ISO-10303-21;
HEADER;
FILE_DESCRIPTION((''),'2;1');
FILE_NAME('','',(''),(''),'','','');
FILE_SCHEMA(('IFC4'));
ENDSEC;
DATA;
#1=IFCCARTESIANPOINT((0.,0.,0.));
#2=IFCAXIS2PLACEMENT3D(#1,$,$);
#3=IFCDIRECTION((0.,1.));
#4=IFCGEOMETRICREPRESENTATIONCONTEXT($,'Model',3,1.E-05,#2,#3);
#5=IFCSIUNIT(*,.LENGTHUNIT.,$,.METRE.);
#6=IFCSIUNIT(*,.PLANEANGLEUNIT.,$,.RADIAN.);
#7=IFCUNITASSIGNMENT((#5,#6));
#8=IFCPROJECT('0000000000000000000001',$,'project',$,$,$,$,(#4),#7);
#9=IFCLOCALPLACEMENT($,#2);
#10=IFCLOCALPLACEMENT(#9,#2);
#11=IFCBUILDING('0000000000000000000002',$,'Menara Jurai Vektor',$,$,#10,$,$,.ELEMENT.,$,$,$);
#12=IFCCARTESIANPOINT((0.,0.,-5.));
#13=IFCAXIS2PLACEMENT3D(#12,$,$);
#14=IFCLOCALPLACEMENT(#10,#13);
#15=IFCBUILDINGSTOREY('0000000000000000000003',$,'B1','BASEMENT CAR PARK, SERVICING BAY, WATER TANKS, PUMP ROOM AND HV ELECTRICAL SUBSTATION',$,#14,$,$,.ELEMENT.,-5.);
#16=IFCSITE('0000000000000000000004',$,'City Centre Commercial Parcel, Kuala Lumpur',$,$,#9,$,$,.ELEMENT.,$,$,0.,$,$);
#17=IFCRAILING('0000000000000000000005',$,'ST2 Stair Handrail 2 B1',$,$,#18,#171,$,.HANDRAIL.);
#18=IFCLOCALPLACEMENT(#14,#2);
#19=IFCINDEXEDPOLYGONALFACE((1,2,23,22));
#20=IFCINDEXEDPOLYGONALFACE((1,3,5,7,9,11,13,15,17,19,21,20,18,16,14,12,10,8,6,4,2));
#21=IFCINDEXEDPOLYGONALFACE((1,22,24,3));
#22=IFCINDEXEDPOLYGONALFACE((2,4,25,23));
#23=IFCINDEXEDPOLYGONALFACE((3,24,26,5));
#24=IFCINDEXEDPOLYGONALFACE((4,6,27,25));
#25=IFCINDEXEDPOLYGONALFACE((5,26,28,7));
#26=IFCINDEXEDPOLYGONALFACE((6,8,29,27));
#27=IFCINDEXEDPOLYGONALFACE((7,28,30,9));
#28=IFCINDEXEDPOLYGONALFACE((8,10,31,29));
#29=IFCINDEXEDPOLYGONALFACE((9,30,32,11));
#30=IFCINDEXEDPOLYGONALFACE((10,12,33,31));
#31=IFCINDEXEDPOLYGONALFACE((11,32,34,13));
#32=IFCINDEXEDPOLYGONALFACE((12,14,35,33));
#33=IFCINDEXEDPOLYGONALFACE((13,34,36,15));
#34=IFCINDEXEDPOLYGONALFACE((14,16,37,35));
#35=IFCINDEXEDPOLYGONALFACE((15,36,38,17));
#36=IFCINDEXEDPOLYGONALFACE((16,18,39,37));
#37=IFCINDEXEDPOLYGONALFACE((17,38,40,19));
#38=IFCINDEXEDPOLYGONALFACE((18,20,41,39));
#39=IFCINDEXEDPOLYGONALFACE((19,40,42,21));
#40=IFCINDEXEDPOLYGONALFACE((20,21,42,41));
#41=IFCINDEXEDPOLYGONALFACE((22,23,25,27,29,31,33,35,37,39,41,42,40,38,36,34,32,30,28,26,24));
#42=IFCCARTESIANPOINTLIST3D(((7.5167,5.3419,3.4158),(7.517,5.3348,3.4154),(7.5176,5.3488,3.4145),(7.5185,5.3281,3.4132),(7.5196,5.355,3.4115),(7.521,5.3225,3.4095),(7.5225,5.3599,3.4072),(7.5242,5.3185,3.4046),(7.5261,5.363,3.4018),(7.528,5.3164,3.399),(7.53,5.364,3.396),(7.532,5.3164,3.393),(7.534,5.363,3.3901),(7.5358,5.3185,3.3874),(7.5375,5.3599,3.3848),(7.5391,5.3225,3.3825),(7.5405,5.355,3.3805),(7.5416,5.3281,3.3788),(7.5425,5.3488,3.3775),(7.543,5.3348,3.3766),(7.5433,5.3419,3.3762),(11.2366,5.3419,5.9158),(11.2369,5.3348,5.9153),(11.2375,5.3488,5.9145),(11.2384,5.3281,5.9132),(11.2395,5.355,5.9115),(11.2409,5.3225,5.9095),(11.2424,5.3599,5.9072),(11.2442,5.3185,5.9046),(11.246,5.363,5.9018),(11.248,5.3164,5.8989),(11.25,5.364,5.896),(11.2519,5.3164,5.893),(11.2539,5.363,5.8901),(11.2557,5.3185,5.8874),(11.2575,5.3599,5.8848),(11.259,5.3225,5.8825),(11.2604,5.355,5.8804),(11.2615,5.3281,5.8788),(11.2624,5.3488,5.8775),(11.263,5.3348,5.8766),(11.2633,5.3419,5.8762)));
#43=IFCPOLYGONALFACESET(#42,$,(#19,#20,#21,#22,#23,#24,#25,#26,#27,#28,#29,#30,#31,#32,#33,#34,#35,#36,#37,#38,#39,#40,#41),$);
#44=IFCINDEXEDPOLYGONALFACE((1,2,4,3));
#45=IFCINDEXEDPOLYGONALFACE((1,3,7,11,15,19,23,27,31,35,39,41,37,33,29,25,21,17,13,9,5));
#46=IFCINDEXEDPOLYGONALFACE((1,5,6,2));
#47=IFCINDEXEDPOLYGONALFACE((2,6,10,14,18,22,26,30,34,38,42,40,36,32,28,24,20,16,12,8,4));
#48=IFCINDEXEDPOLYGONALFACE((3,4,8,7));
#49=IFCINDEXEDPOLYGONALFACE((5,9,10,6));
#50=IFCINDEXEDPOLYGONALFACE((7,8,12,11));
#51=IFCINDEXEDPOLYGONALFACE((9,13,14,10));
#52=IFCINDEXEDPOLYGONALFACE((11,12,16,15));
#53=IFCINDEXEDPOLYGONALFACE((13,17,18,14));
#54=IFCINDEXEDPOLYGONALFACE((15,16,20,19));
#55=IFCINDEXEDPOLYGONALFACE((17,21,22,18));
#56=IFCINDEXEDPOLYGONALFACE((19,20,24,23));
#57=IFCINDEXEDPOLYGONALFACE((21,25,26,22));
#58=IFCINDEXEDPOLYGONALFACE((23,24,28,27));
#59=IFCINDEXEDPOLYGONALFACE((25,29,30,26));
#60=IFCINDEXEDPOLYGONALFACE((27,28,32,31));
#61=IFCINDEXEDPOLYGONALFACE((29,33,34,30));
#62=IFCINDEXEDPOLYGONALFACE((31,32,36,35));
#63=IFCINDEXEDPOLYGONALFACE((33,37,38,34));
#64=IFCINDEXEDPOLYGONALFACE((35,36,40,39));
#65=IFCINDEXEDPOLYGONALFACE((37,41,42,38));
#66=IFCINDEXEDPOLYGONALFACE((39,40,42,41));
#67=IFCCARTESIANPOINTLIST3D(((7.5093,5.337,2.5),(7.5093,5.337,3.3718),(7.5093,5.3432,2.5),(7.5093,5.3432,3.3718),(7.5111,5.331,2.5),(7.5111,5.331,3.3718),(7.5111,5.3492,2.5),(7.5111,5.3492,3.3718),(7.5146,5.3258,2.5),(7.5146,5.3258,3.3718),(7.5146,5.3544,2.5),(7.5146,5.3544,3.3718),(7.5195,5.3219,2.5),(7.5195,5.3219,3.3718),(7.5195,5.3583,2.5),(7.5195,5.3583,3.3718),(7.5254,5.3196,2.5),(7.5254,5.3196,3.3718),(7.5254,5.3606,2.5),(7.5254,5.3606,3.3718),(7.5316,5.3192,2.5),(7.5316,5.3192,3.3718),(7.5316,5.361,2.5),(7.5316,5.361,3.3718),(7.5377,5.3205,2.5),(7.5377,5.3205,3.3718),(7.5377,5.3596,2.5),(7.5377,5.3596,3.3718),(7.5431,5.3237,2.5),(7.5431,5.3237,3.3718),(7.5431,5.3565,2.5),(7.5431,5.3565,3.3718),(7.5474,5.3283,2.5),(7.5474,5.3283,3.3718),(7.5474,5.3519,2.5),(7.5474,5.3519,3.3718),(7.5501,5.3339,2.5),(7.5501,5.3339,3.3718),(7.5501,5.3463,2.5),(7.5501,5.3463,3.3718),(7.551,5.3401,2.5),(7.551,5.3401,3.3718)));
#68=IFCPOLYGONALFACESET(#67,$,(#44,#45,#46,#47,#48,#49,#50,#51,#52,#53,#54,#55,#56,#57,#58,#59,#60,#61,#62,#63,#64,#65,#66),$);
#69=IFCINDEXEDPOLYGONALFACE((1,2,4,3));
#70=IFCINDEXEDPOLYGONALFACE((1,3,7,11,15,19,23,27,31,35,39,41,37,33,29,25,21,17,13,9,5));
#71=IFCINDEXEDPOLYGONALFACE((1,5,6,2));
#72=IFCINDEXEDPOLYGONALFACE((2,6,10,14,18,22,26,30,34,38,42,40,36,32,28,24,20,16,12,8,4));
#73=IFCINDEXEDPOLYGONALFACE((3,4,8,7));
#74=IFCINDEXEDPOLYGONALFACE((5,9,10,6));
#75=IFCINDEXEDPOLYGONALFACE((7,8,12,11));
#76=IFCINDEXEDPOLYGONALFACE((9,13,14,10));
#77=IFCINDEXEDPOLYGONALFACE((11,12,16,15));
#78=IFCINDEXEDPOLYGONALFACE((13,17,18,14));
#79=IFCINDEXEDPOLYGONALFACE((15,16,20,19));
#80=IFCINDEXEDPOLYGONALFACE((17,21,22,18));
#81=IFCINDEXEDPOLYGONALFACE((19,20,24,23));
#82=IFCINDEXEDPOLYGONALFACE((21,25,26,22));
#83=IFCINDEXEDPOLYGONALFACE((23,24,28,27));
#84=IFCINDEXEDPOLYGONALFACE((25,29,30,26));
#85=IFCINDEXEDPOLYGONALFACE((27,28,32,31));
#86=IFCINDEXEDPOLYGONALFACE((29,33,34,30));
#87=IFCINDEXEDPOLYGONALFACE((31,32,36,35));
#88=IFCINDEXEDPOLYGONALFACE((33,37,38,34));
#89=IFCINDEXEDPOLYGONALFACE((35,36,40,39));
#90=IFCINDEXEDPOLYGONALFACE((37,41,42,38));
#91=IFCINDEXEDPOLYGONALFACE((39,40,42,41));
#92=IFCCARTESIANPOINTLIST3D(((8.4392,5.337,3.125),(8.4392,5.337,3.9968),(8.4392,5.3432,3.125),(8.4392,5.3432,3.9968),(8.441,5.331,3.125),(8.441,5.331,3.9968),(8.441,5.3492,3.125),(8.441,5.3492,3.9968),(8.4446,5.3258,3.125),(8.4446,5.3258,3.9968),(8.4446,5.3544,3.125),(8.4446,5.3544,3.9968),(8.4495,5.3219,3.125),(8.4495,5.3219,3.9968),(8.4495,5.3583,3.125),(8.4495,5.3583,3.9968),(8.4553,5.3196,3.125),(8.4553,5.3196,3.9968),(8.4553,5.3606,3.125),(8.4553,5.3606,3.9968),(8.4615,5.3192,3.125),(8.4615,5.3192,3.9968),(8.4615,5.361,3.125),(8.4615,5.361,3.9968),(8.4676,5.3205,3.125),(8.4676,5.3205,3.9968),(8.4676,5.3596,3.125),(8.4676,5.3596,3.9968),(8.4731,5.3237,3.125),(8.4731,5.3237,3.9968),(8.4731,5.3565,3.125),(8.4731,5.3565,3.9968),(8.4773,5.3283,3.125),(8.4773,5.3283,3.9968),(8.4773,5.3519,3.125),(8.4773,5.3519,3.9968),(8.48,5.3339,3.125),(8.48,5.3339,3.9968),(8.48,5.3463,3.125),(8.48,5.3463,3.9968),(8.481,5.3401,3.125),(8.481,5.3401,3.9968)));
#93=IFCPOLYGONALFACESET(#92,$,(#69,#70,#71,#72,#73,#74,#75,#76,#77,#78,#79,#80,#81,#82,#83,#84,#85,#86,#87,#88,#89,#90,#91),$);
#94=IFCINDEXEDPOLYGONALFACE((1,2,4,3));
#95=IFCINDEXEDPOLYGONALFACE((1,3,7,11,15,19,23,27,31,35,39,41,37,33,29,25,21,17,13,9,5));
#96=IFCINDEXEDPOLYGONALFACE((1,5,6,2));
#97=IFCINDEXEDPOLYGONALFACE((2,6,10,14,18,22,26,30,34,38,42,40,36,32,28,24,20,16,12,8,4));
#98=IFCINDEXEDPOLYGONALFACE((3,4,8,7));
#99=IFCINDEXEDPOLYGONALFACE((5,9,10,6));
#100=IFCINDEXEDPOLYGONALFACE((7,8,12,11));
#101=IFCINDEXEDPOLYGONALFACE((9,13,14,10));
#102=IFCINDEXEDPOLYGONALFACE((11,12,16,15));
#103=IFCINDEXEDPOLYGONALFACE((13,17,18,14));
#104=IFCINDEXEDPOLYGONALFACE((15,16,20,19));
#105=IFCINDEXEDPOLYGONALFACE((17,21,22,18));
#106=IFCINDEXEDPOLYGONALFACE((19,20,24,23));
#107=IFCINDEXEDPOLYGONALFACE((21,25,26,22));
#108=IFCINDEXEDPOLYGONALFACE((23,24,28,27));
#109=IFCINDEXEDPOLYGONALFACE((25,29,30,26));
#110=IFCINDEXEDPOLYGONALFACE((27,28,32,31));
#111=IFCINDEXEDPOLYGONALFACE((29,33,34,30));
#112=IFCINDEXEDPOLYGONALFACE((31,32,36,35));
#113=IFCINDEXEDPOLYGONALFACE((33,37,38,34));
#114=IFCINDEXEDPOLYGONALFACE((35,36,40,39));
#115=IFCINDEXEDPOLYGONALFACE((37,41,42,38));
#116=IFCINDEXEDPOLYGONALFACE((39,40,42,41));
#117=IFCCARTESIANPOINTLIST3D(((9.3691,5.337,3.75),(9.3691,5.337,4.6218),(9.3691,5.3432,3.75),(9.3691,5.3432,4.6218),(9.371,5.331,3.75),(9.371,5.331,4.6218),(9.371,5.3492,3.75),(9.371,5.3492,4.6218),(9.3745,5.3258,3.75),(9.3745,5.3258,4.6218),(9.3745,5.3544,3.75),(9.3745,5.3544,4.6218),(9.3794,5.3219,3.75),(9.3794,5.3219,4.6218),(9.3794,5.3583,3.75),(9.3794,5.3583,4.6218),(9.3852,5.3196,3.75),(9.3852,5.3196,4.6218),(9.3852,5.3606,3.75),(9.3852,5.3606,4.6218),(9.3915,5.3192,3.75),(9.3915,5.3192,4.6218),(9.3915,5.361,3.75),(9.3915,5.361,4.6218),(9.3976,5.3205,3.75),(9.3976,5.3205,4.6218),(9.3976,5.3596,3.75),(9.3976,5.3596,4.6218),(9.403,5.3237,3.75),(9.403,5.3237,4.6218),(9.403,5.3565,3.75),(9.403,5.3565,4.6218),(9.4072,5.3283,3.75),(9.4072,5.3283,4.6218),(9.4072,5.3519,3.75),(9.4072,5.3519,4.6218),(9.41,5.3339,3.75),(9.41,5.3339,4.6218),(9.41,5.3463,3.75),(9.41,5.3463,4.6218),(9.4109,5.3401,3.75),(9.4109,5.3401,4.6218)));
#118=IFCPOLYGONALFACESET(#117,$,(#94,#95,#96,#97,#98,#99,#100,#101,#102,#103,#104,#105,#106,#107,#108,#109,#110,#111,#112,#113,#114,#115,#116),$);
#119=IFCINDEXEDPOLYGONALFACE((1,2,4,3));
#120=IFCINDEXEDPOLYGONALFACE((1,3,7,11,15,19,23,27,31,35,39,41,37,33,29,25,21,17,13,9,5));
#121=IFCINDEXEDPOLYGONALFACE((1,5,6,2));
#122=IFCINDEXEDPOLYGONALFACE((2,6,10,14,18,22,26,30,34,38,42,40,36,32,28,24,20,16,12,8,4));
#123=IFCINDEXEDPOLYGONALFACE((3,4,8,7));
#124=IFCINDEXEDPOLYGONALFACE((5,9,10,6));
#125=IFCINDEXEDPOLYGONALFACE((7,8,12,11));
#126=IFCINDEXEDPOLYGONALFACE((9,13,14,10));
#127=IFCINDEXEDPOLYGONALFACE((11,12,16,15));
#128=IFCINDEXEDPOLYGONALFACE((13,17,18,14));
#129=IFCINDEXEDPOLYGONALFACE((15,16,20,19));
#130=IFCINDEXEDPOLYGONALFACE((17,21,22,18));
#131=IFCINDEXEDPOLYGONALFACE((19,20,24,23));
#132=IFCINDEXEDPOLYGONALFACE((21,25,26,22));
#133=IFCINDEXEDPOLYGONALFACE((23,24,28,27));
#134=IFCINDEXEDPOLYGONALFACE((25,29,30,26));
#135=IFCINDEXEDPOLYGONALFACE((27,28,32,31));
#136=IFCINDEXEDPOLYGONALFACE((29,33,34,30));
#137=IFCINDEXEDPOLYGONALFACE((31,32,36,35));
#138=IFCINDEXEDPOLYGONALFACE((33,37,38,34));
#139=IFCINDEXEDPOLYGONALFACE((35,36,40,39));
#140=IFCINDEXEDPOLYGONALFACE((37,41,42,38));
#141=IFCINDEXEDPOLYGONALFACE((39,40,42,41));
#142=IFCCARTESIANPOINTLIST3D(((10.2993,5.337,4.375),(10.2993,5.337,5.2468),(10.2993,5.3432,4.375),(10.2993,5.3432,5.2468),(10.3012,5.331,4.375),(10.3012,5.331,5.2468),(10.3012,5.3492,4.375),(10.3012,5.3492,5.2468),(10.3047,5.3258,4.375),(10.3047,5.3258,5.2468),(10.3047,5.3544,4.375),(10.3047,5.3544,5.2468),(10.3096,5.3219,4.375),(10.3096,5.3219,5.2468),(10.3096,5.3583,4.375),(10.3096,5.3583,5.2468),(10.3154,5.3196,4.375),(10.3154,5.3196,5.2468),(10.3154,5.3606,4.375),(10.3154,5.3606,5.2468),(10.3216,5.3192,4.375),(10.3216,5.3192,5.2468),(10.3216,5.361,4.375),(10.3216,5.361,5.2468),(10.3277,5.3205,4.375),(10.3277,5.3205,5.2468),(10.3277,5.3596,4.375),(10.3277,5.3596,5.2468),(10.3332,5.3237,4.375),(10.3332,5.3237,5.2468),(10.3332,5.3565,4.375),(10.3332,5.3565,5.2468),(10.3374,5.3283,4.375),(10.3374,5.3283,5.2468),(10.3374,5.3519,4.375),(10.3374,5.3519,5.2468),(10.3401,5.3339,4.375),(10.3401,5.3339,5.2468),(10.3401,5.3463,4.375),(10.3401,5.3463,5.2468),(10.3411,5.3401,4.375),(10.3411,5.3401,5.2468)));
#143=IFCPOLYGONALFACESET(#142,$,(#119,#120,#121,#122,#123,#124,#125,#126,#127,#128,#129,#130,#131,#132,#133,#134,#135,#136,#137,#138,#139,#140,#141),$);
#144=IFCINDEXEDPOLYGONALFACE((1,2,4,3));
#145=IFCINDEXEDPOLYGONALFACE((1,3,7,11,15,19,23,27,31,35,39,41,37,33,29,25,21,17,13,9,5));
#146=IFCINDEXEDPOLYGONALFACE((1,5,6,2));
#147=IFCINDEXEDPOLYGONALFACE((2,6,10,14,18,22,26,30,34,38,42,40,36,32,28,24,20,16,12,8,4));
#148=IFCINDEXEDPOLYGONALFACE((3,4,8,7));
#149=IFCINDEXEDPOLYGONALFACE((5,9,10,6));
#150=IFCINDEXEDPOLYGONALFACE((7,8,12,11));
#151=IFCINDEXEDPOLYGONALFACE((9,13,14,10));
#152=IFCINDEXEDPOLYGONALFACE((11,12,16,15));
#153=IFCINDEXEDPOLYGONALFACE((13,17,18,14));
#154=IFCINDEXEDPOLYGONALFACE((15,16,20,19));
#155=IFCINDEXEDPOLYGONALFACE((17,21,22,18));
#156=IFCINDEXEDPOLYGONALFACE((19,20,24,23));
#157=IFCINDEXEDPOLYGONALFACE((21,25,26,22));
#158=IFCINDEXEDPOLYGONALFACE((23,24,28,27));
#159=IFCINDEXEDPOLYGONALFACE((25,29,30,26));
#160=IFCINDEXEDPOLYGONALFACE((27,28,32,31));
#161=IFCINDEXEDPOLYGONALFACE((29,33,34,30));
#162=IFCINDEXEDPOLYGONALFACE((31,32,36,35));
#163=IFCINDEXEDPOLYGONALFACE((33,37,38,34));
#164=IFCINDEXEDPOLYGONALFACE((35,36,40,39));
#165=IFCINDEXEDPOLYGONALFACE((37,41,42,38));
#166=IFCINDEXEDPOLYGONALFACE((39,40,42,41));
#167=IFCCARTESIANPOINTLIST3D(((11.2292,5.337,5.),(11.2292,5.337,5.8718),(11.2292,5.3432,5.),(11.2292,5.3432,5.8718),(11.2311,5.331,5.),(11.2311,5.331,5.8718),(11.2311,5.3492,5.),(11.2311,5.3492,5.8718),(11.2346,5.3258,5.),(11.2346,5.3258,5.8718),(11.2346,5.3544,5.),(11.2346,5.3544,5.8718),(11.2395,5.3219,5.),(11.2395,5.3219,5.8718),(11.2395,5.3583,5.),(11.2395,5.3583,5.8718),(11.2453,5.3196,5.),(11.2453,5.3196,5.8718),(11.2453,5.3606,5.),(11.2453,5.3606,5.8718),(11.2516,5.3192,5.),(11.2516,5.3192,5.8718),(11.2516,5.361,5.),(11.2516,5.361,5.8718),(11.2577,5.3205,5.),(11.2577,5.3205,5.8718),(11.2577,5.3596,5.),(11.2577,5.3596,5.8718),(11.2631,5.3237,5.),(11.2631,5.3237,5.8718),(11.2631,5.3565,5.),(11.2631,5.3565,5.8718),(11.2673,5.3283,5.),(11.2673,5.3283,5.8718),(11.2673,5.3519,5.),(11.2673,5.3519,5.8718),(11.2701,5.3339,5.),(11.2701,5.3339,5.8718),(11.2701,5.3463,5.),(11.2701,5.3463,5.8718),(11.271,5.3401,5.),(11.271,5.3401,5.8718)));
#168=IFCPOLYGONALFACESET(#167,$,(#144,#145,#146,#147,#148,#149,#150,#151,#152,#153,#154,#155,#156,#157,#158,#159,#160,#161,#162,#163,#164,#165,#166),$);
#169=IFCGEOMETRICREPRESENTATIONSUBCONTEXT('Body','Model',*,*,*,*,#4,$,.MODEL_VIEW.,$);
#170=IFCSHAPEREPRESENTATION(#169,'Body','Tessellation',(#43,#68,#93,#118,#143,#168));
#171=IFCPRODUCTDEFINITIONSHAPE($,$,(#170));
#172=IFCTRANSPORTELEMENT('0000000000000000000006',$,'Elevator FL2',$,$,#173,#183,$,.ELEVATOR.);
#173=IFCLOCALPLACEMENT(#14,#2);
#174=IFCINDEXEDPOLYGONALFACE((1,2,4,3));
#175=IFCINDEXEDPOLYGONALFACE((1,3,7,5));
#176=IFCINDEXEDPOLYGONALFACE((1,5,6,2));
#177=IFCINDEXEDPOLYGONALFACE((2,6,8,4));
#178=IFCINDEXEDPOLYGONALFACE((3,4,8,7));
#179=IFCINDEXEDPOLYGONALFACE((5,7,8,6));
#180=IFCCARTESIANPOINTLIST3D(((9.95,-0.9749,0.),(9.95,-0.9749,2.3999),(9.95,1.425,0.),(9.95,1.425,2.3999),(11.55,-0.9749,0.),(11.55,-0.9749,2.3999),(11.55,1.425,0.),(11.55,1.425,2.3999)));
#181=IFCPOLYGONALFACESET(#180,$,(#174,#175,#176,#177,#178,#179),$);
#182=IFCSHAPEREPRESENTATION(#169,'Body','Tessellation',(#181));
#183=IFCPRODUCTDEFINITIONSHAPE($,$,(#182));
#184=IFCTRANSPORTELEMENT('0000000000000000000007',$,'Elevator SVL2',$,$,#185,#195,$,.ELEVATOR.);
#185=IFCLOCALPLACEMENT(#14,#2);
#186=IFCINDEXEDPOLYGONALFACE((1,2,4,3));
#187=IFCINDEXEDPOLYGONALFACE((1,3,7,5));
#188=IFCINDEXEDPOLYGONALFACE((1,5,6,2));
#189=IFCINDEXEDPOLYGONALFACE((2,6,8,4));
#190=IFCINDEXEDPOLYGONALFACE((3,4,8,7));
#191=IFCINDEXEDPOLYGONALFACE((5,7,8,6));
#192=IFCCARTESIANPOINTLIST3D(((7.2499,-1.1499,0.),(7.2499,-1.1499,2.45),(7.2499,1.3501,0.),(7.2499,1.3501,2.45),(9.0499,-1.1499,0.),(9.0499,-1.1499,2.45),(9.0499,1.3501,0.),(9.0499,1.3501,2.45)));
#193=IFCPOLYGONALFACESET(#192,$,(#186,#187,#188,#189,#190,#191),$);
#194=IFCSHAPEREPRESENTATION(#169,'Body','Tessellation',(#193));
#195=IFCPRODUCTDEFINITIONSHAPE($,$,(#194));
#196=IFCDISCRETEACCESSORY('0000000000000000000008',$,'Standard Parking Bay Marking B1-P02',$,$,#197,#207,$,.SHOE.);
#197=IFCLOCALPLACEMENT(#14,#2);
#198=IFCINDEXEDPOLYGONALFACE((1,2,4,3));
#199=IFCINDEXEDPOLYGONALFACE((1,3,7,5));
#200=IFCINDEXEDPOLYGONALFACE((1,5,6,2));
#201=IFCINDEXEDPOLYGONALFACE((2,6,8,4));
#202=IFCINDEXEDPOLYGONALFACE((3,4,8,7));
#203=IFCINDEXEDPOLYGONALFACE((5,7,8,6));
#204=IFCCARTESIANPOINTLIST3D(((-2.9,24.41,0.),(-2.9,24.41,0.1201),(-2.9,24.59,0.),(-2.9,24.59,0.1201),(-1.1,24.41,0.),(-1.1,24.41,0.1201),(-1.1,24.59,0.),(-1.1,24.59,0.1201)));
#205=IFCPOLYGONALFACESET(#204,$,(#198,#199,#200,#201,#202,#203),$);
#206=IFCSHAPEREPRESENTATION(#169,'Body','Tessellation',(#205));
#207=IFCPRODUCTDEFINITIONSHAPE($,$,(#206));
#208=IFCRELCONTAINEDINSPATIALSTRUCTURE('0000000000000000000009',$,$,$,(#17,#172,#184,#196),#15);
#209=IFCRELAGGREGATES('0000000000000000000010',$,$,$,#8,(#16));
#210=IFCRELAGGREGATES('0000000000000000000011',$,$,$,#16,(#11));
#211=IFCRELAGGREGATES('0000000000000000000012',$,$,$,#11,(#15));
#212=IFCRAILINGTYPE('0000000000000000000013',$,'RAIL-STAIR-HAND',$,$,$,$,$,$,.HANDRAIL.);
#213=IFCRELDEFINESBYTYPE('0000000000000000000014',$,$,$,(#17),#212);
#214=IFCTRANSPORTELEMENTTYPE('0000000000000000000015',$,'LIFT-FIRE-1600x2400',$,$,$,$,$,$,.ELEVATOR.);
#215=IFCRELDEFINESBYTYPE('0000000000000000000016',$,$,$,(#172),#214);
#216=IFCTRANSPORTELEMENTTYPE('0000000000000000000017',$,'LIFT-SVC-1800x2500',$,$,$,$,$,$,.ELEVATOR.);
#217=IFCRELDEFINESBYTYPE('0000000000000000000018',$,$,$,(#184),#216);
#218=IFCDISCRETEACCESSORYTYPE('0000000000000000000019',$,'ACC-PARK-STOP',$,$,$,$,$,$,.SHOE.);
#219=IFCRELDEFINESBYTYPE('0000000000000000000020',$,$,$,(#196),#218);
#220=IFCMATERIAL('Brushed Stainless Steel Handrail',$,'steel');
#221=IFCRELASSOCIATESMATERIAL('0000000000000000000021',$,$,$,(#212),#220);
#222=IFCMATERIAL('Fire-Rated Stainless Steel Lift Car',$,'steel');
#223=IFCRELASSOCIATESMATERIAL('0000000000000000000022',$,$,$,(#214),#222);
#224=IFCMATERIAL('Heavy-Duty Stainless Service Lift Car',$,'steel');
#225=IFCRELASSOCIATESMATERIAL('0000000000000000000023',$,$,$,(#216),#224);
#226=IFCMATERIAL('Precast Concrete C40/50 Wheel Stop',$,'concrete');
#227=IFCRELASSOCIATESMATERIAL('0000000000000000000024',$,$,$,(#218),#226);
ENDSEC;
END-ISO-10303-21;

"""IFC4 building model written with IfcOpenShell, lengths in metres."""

from ifc_helpers import new_model, si_unit, direction, frame, origin, origin_2d, place, context, subcontext, project, spatial, rectangle, circle, extrude, material, type_object, element, save


model = new_model("IFC4")

# Units and contexts
model_context = context("Model", 3, precision=1e-05, world=origin(), true_north=direction((0.0, 1.0)))
body_context = subcontext(model_context, "Body", "Model", "MODEL_VIEW")
ifc_project = project(units=[si_unit("LENGTHUNIT", "METRE"), si_unit("PLANEANGLEUNIT", "RADIAN")], contexts=[model_context])

# Site, building, storey
site_placement = place(None, origin())
site = spatial("IfcSite", under=ifc_project, at=site_placement, Name="City Centre Commercial Parcel, Kuala Lumpur", CompositionType="ELEMENT", RefElevation=0.0)
building_placement = place(site_placement, origin())
building = spatial("IfcBuilding", under=site, at=building_placement, Name="Menara Jurai Vektor", CompositionType="ELEMENT")
storey_placement = place(building_placement, frame((0.0, 0.0, -5.0)))
storey = spatial("IfcBuildingStorey", under=building, at=storey_placement, Name="B1", Description="BASEMENT CAR PARK, SERVICING BAY, WATER TANKS, PUMP ROOM AND HV ELECTRICAL SUBSTATION", CompositionType="ELEMENT", Elevation=-5.0)

# Railing
ifc_material_1 = material(Name="Brushed Stainless Steel Handrail", Category="steel")
railing_type = type_object("IfcRailingType", Name="RAIL-STAIR-HAND", PredefinedType="HANDRAIL", material=ifc_material_1)
railing_1_placement = place(storey_placement, frame((7.53, 5.3401, 2.5)))
element("IfcRailing", 1, at=railing_1_placement, inside=storey, type_object=railing_type, Name="ST2 Stair Handrail 2 B1", PredefinedType="HANDRAIL", context=body_context, shape_type="SweptSolid", body=[
    extrude(circle(Radius=0.0239, at=origin_2d()), frame((0.0, 0.0, 0.896), z_axis=(0.829983, 0.0, 0.557789), x_axis=(0.0, 1.0, 0.0)), (0.0, 0.0, 1.0), 4.4819),
    extrude(circle(Radius=0.021, at=origin_2d()), origin(), (0.0, 0.0, 1.0), 0.8718),
    extrude(circle(Radius=0.021, at=origin_2d()), frame((0.9299, 0.0, 0.625)), (0.0, 0.0, 1.0), 0.8718),
    extrude(circle(Radius=0.021, at=origin_2d()), frame((1.8599, 0.0, 1.25)), (0.0, 0.0, 1.0), 0.8718),
    extrude(circle(Radius=0.021, at=origin_2d()), frame((2.79, 0.0, 1.875)), (0.0, 0.0, 1.0), 0.8718),
    extrude(circle(Radius=0.021, at=origin_2d()), frame((3.72, 0.0, 2.5)), (0.0, 0.0, 1.0), 0.8718),
])

# Transport elements
ifc_material_2 = material(Name="Fire-Rated Stainless Steel Lift Car", Category="steel")
transport_element_type_1 = type_object("IfcTransportElementType", Name="LIFT-FIRE-1600x2400", PredefinedType="ELEVATOR", material=ifc_material_2)
transport_element_1_placement = place(storey_placement, frame((10.75, 0.2251, 0.0), z_axis=(0.0, 0.0, 1.0), x_axis=(1.0, 0.0, 0.0)))
element("IfcTransportElement", 2, at=transport_element_1_placement, inside=storey, type_object=transport_element_type_1, Name="Elevator FL2", PredefinedType="ELEVATOR", context=body_context, shape_type="SweptSolid", body=[
    extrude(rectangle(XDim=1.6001, YDim=2.3999, at=origin_2d()), origin(), (0.0, 0.0, 1.0), 2.3999),
])
ifc_material_3 = material(Name="Heavy-Duty Stainless Service Lift Car", Category="steel")
transport_element_type_2 = type_object("IfcTransportElementType", Name="LIFT-SVC-1800x2500", PredefinedType="ELEVATOR", material=ifc_material_3)
transport_element_2_placement = place(storey_placement, frame((8.1499, 0.1001, 0.0), z_axis=(0.0, 0.0, 1.0), x_axis=(1.0, 0.0, 0.0)))
element("IfcTransportElement", 3, at=transport_element_2_placement, inside=storey, type_object=transport_element_type_2, Name="Elevator SVL2", PredefinedType="ELEVATOR", context=body_context, shape_type="SweptSolid", body=[
    extrude(rectangle(XDim=1.8, YDim=2.5, at=origin_2d()), origin(), (0.0, 0.0, 1.0), 2.45),
])

# Discrete accessory
ifc_material_4 = material(Name="Precast Concrete C40/50 Wheel Stop", Category="concrete")
discrete_accessory_type = type_object("IfcDiscreteAccessoryType", Name="ACC-PARK-STOP", PredefinedType="SHOE", material=ifc_material_4)
for number, where, z_axis, x_axis, name in (
    (4, (-2.0, 24.5, 0.0), (0.0, 0.0, 1.0), (1.0, 0.0, 0.0), "Standard Parking Bay Marking B1-P02"),
):
    element("IfcDiscreteAccessory", number, at=place(storey_placement, frame(where, z_axis=z_axis, x_axis=x_axis)), inside=storey, type_object=discrete_accessory_type, Name=name, PredefinedType="SHOE", context=body_context, shape_type="SweptSolid", body=[
        extrude(rectangle(XDim=1.8, YDim=0.1799, at=origin_2d()), origin(), (0.0, 0.0, 1.0), 0.1201),
    ])

save(model, "model.ifc")
